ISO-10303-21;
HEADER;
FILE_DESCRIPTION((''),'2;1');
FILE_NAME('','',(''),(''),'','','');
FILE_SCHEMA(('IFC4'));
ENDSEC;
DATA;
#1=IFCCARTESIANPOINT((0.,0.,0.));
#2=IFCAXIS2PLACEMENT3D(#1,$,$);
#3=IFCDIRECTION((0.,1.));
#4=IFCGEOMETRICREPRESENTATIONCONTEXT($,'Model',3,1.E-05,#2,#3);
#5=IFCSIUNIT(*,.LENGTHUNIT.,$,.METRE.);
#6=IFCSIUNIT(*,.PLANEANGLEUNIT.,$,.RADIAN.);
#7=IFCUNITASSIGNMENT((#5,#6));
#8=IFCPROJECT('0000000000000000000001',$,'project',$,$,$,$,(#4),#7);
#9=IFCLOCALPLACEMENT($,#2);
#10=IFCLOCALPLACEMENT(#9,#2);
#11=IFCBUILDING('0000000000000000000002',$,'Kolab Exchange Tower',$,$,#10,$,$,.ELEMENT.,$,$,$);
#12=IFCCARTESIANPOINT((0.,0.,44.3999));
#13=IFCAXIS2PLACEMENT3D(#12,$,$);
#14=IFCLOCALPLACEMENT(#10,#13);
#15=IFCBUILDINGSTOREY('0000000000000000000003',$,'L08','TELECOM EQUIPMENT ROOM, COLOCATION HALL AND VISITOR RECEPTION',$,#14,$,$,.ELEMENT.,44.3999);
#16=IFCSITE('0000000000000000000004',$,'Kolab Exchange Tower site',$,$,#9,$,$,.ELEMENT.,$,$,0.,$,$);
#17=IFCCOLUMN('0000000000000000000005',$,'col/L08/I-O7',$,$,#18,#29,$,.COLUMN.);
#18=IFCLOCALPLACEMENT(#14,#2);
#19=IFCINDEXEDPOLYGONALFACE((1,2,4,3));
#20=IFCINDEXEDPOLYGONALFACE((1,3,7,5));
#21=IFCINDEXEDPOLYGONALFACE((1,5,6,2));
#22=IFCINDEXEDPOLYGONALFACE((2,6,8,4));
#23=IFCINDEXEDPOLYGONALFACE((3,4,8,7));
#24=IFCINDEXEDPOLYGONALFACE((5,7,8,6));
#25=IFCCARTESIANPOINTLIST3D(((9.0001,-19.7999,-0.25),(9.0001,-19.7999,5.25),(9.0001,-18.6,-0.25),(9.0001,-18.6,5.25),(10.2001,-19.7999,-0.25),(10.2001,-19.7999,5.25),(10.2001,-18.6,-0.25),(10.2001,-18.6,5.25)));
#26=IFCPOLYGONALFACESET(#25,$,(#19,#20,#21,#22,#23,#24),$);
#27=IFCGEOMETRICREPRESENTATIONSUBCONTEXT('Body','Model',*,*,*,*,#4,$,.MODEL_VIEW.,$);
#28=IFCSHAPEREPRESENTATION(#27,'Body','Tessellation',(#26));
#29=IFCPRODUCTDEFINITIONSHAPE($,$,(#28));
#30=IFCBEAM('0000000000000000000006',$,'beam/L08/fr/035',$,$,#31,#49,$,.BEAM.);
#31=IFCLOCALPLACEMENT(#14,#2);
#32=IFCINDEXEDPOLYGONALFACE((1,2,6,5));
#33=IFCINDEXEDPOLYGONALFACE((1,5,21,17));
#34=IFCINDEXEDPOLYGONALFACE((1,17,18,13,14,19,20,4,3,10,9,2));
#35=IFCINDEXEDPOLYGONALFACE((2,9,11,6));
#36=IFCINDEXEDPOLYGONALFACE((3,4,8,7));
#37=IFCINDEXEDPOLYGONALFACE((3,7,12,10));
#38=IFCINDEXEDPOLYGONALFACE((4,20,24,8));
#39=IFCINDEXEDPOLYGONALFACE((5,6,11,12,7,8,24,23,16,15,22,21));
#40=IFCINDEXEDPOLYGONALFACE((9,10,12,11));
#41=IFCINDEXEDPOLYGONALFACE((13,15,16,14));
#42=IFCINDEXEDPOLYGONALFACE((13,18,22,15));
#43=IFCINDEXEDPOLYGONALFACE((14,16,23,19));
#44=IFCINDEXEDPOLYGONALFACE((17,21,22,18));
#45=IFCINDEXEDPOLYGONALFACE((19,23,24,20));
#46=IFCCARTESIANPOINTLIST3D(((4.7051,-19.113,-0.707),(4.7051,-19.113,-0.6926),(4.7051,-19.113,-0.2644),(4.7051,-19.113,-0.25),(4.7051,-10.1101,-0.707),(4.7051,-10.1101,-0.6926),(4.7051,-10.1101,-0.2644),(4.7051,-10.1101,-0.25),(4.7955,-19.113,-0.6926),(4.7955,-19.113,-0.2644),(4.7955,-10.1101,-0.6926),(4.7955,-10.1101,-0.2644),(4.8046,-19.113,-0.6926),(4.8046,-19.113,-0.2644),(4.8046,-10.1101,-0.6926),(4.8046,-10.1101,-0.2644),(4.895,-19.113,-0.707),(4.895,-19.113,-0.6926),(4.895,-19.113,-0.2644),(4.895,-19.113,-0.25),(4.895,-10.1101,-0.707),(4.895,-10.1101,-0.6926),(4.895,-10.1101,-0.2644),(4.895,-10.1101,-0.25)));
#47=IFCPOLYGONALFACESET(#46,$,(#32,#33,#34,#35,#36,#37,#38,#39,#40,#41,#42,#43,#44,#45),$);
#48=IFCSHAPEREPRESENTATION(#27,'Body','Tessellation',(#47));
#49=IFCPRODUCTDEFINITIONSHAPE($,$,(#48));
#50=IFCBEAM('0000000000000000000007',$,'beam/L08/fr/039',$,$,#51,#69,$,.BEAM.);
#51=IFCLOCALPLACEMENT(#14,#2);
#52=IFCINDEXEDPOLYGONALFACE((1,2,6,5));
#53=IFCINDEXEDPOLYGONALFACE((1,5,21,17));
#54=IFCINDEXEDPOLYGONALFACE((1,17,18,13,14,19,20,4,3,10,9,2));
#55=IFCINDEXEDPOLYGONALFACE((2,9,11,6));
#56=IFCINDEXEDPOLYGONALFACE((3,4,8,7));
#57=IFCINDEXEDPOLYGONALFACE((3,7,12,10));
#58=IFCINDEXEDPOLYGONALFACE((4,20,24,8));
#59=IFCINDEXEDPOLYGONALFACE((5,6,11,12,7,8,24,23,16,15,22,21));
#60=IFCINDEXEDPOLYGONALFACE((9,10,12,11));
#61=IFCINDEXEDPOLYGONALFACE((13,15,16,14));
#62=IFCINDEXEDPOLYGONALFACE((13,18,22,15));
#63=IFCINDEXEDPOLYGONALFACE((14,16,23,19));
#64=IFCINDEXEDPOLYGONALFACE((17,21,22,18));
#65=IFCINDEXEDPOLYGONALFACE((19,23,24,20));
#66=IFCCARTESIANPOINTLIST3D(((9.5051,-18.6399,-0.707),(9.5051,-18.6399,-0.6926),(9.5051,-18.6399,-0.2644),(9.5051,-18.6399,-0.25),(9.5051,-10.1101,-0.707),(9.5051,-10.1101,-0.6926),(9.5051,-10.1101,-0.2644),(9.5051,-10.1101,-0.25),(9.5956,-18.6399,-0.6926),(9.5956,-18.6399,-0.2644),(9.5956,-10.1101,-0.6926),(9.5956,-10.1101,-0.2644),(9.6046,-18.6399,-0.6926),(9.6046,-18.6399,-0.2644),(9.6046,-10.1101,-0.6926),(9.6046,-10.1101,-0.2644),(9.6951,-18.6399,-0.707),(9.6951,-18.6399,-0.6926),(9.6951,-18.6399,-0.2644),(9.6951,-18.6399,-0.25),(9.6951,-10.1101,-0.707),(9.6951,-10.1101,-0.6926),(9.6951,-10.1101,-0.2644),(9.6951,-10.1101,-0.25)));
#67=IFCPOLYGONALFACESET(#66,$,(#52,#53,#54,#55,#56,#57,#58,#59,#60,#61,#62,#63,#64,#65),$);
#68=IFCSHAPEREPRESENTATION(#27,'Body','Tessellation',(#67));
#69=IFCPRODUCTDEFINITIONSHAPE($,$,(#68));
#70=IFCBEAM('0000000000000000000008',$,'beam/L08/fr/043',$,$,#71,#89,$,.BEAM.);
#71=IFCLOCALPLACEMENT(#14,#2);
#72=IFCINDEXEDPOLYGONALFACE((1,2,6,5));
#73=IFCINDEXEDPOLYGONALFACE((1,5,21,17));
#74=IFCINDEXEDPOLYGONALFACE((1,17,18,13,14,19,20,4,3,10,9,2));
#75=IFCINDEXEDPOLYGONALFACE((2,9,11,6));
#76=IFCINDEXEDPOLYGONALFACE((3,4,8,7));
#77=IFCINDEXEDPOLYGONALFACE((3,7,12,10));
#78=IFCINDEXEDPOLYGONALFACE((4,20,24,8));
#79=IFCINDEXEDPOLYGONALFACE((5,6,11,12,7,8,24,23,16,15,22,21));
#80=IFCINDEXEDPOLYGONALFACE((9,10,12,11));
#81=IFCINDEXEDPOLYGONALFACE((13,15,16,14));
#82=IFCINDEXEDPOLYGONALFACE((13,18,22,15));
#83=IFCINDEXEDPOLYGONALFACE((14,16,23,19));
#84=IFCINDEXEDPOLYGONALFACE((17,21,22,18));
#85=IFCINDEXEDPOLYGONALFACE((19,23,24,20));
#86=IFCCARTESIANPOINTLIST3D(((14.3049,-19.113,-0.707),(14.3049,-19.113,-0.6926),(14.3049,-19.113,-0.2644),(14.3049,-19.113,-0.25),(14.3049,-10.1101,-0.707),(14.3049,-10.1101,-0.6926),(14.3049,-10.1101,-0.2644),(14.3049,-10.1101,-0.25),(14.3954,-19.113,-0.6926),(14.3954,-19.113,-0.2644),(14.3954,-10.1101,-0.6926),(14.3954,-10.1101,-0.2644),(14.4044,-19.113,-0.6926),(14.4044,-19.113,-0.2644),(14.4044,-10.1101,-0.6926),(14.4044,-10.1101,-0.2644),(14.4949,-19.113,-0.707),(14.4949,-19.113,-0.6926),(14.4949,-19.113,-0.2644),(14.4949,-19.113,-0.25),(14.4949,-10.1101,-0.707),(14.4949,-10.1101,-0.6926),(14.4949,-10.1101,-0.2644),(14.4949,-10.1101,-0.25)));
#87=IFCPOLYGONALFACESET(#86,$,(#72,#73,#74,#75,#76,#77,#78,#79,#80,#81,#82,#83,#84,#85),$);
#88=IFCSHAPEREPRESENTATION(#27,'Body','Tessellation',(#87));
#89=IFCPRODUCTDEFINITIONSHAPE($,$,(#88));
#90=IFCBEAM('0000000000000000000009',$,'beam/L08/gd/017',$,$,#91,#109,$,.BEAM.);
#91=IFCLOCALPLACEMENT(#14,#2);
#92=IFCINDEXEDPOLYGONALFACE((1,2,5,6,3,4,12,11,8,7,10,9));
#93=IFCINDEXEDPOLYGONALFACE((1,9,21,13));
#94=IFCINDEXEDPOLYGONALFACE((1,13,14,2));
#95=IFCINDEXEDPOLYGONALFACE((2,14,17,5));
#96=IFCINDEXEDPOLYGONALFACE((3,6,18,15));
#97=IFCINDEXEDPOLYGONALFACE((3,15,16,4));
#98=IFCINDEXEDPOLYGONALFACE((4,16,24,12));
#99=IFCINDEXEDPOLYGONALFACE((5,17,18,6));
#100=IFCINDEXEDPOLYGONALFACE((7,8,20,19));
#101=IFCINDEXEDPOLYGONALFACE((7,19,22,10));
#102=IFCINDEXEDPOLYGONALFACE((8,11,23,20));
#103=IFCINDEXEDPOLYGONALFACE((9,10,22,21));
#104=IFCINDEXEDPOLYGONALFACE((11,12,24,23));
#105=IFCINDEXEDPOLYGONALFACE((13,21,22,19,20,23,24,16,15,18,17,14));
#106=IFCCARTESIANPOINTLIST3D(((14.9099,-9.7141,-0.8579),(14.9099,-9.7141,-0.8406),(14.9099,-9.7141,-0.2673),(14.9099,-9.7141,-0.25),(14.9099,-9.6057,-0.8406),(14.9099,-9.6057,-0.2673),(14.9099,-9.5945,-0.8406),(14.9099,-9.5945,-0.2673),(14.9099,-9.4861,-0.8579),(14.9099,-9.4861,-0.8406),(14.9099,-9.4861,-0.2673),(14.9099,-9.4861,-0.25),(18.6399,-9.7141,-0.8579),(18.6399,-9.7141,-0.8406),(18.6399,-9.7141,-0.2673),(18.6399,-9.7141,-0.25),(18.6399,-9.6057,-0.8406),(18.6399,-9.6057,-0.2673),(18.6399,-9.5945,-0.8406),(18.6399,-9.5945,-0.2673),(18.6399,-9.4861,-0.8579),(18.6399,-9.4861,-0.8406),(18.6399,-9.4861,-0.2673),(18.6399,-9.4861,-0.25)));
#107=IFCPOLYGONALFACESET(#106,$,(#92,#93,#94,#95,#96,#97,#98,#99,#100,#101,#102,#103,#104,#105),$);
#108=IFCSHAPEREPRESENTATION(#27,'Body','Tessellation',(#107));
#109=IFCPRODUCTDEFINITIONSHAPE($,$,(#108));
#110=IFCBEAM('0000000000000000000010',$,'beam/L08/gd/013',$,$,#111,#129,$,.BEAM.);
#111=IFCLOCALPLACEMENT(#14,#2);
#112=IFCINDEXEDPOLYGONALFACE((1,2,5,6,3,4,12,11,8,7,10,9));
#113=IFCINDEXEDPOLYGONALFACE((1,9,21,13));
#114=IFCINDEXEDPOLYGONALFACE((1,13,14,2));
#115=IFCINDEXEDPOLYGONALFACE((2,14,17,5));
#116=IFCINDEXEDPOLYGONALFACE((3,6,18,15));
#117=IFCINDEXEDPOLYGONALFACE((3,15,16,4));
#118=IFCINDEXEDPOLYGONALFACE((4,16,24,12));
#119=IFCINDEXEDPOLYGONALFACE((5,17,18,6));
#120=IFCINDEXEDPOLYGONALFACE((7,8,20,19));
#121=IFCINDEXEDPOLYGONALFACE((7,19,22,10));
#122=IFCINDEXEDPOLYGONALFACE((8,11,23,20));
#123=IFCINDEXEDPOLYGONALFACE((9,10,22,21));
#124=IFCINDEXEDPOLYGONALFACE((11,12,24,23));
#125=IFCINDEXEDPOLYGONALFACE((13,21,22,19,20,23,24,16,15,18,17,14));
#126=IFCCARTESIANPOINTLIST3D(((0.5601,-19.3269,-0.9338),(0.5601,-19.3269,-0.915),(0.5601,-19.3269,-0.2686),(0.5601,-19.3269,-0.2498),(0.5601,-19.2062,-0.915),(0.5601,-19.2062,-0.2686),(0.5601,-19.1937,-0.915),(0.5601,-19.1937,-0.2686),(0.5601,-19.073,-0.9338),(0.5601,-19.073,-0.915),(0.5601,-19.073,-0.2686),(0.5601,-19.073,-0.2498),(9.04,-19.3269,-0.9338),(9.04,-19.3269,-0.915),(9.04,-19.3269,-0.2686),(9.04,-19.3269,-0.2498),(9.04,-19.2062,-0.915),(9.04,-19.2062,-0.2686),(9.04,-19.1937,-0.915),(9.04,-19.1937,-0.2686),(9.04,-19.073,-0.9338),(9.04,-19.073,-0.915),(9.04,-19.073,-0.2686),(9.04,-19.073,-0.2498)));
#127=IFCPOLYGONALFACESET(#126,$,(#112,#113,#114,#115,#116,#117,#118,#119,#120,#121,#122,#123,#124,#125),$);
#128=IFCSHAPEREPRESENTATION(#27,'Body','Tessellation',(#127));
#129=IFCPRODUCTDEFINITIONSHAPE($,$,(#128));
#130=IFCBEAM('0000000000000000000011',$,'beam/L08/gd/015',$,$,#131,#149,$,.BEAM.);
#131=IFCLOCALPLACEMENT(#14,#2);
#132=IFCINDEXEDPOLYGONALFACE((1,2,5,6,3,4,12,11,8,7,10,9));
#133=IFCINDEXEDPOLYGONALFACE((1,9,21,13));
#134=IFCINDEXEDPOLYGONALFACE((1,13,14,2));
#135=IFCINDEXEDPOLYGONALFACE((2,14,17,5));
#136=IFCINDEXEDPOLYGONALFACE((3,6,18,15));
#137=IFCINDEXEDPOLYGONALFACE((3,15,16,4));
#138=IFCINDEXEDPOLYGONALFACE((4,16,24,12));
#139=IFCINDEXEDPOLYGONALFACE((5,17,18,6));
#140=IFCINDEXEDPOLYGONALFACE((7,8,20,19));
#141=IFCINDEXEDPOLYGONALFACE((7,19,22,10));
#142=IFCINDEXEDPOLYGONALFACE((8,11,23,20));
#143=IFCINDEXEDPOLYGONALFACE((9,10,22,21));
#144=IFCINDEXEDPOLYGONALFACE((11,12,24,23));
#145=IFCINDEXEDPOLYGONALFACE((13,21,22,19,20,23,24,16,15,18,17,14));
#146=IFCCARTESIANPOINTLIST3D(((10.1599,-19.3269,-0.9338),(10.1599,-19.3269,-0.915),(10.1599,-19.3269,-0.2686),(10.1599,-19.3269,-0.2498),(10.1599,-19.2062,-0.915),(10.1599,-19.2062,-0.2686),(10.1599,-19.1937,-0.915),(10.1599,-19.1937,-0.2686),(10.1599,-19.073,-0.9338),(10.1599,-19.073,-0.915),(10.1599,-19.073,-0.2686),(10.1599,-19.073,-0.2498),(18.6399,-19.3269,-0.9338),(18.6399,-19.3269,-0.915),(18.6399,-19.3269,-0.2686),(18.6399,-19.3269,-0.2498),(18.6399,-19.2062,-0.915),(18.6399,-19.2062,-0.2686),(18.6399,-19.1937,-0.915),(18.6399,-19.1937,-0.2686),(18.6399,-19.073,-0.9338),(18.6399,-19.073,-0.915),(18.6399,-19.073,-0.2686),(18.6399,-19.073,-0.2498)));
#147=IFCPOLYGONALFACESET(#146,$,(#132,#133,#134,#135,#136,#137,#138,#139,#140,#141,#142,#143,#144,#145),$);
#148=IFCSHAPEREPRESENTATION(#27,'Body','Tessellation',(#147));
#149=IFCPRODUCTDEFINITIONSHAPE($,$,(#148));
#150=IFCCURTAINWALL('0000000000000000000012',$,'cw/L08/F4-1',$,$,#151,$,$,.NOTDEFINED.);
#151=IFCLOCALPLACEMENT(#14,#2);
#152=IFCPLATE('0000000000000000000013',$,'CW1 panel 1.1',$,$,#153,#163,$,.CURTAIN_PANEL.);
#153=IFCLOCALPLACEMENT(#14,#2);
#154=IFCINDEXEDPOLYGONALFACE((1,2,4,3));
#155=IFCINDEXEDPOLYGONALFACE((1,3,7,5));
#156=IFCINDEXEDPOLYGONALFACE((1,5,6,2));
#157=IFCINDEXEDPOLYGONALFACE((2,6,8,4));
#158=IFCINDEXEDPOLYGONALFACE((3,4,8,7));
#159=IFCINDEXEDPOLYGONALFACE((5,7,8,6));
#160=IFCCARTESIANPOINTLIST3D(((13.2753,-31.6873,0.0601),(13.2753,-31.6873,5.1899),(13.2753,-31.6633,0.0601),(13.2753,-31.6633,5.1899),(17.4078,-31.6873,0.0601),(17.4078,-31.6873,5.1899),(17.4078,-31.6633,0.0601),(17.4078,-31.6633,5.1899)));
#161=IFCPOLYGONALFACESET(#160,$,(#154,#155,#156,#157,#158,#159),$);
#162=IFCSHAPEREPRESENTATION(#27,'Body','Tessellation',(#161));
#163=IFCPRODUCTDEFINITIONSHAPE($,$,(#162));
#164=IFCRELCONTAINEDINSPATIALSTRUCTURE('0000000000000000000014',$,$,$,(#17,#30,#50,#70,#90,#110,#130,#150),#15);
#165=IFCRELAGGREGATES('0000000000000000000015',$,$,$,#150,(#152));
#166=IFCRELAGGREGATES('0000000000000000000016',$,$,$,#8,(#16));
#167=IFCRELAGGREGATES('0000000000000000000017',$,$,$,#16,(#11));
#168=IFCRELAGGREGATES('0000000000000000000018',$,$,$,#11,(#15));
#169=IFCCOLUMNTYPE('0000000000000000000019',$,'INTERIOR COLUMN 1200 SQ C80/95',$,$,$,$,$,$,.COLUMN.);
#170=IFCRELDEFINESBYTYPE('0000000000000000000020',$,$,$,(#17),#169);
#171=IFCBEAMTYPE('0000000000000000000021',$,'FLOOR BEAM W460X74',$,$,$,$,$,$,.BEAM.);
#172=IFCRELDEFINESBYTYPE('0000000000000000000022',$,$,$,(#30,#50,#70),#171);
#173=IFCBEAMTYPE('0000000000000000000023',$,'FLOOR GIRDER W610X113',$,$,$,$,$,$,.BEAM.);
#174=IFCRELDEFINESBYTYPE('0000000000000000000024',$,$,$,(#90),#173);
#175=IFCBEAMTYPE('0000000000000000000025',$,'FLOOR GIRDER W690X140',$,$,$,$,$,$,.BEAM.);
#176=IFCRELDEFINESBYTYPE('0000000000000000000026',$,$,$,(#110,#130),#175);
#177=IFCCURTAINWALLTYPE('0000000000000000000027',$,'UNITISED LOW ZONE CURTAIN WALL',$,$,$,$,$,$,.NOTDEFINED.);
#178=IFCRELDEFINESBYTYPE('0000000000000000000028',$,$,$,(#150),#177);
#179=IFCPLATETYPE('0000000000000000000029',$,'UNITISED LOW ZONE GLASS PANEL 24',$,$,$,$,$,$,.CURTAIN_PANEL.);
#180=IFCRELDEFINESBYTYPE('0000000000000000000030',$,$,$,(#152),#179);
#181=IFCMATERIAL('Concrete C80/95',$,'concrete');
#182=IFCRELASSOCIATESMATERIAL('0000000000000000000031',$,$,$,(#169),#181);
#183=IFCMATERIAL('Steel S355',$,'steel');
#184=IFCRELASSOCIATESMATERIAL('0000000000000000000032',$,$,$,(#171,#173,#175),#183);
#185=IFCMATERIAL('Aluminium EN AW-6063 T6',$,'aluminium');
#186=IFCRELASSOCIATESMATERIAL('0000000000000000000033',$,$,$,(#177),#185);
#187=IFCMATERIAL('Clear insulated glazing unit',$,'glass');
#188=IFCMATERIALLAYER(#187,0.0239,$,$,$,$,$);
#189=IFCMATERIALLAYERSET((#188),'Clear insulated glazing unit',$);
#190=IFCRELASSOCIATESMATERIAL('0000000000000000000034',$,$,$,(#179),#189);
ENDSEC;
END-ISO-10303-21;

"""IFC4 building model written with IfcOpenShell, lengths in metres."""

from ifc_helpers import new_model, si_unit, direction, frame, origin, origin_2d, place, context, subcontext, project, spatial, rectangle, i_section, extrude, material, layer, layer_set, material_profile, profile_set, type_object, element, aggregate, save


model = new_model("IFC4")

# Units and contexts
model_context = context("Model", 3, precision=1e-05, world=origin(), true_north=direction((0.0, 1.0)))
body_context = subcontext(model_context, "Body", "Model", "MODEL_VIEW")
ifc_project = project(units=[si_unit("LENGTHUNIT", "METRE"), si_unit("PLANEANGLEUNIT", "RADIAN")], contexts=[model_context])

# Site, building, storey
site_placement = place(None, origin())
site = spatial("IfcSite", under=ifc_project, at=site_placement, Name="Kolab Exchange Tower site", CompositionType="ELEMENT", RefElevation=0.0)
building_placement = place(site_placement, origin())
building = spatial("IfcBuilding", under=site, at=building_placement, Name="Kolab Exchange Tower", CompositionType="ELEMENT")
storey_placement = place(building_placement, frame((0.0, 0.0, 44.3999)))
storey = spatial("IfcBuildingStorey", under=building, at=storey_placement, Name="L08", Description="TELECOM EQUIPMENT ROOM, COLOCATION HALL AND VISITOR RECEPTION", CompositionType="ELEMENT", Elevation=44.3999)

# Column
ifc_material_1 = material(Name="Concrete C80/95", Category="concrete")
ifc_material_profile_1 = material_profile(ifc_material_1, rectangle(XDim=1.2, YDim=1.2, at=origin_2d()), Name="RC1200")
ifc_profile_set_1 = profile_set([ifc_material_profile_1], Name="Concrete C80/95")
column_type = type_object("IfcColumnType", Name="INTERIOR COLUMN 1200 SQ C80/95", PredefinedType="COLUMN", material=ifc_profile_set_1)
column_placement = place(storey_placement, frame((9.6001, -19.2, -0.25), z_axis=(0.0, 0.0, 1.0), x_axis=(1.0, 0.0, 0.0)))
element("IfcColumn", 1, at=column_placement, inside=storey, type_object=column_type, Name="col/L08/I-O7", PredefinedType="COLUMN", context=body_context, shape_type="SweptSolid", body=[
    extrude(rectangle(XDim=1.2, YDim=1.2, at=origin_2d()), origin(), (0.0, 0.0, 1.0), 5.5),
])

# Beams
ifc_material_2 = material(Name="Steel S355", Category="steel")
ifc_material_profile_2 = material_profile(ifc_material_2, i_section(OverallWidth=0.1899, OverallDepth=0.457, WebThickness=0.009, FlangeThickness=0.0144, at=origin_2d()), Name="W460X74")
ifc_profile_set_2 = profile_set([ifc_material_profile_2], Name="Steel S355")
beam_type_1 = type_object("IfcBeamType", Name="FLOOR BEAM W460X74", PredefinedType="BEAM", material=ifc_profile_set_2)
beam_1_placement = place(storey_placement, frame((4.8, -19.113, -0.4785), z_axis=(0.0, 1.0, 0.0), x_axis=(-1.0, 0.0, 0.0)))
element("IfcBeam", 2, at=beam_1_placement, inside=storey, type_object=beam_type_1, Name="beam/L08/fr/035", PredefinedType="BEAM", context=body_context, shape_type="SweptSolid", body=[
    extrude(i_section(OverallWidth=0.1899, OverallDepth=0.457, WebThickness=0.009, FlangeThickness=0.0144, at=origin_2d()), origin(), (0.0, 0.0, 1.0), 9.0029),
])
beam_2_placement = place(storey_placement, frame((9.6001, -18.6399, -0.4785), z_axis=(0.0, 1.0, 0.0), x_axis=(-1.0, 0.0, 0.0)))
element("IfcBeam", 3, at=beam_2_placement, inside=storey, type_object=beam_type_1, Name="beam/L08/fr/039", PredefinedType="BEAM", context=body_context, shape_type="SweptSolid", body=[
    extrude(i_section(OverallWidth=0.1899, OverallDepth=0.457, WebThickness=0.009, FlangeThickness=0.0144, at=origin_2d()), origin(), (0.0, 0.0, 1.0), 8.5298),
])
beam_3_placement = place(storey_placement, frame((14.3999, -19.113, -0.4785), z_axis=(0.0, 1.0, 0.0), x_axis=(-1.0, 0.0, 0.0)))
element("IfcBeam", 4, at=beam_3_placement, inside=storey, type_object=beam_type_1, Name="beam/L08/fr/043", PredefinedType="BEAM", context=body_context, shape_type="SweptSolid", body=[
    extrude(i_section(OverallWidth=0.1899, OverallDepth=0.457, WebThickness=0.009, FlangeThickness=0.0144, at=origin_2d()), origin(), (0.0, 0.0, 1.0), 9.0029),
])
ifc_material_profile_3 = material_profile(ifc_material_2, i_section(OverallWidth=0.228, OverallDepth=0.6079, WebThickness=0.0112, FlangeThickness=0.0173, at=origin_2d()), Name="W610X113")
ifc_profile_set_3 = profile_set([ifc_material_profile_3], Name="Steel S355")
beam_type_2 = type_object("IfcBeamType", Name="FLOOR GIRDER W610X113", PredefinedType="BEAM", material=ifc_profile_set_3)
beam_4_placement = place(storey_placement, frame((14.9099, -9.6001, -0.554), z_axis=(1.0, 0.0, 0.0), x_axis=(0.0, 1.0, 0.0)))
element("IfcBeam", 5, at=beam_4_placement, inside=storey, type_object=beam_type_2, Name="beam/L08/gd/017", PredefinedType="BEAM", context=body_context, shape_type="SweptSolid", body=[
    extrude(i_section(OverallWidth=0.228, OverallDepth=0.6079, WebThickness=0.0112, FlangeThickness=0.0173, at=origin_2d()), origin(), (0.0, 0.0, 1.0), 3.73),
])
ifc_material_profile_4 = material_profile(ifc_material_2, i_section(OverallWidth=0.2539, OverallDepth=0.6841, WebThickness=0.0125, FlangeThickness=0.0188, at=origin_2d()), Name="W690X140")
ifc_profile_set_4 = profile_set([ifc_material_profile_4], Name="Steel S355")
beam_type_3 = type_object("IfcBeamType", Name="FLOOR GIRDER W690X140", PredefinedType="BEAM", material=ifc_profile_set_4)
for number, where, z_axis, x_axis, name in (
    (6, (0.5601, -19.2, -0.5918), (1.0, 0.0, 0.0), (0.0, 1.0, 0.0), "beam/L08/gd/013"),
    (7, (10.1599, -19.2, -0.5918), (1.0, 0.0, 0.0), (0.0, 1.0, 0.0), "beam/L08/gd/015"),
):
    element("IfcBeam", number, at=place(storey_placement, frame(where, z_axis=z_axis, x_axis=x_axis)), inside=storey, type_object=beam_type_3, Name=name, PredefinedType="BEAM", context=body_context, shape_type="SweptSolid", body=[
        extrude(i_section(OverallWidth=0.2539, OverallDepth=0.6841, WebThickness=0.0125, FlangeThickness=0.0188, at=origin_2d()), origin(), (0.0, 0.0, 1.0), 8.48),
    ])

# Curtain wall, plate
ifc_material_3 = material(Name="Aluminium EN AW-6063 T6", Category="aluminium")
curtain_wall_type = type_object("IfcCurtainWallType", Name="UNITISED LOW ZONE CURTAIN WALL", PredefinedType="NOTDEFINED", material=ifc_material_3)
curtain_wall_placement = place(storey_placement, origin())
curtain_wall = element("IfcCurtainWall", 8, at=curtain_wall_placement, inside=storey, type_object=curtain_wall_type, Name="cw/L08/F4-1", PredefinedType="NOTDEFINED")
ifc_material_4 = material(Name="Clear insulated glazing unit", Category="glass")
ifc_layer_1 = layer(ifc_material_4, 0.0239)
ifc_layer_set_1 = layer_set([ifc_layer_1], Name="Clear insulated glazing unit")
plate_type = type_object("IfcPlateType", Name="UNITISED LOW ZONE GLASS PANEL 24", PredefinedType="CURTAIN_PANEL", material=ifc_layer_set_1)
plate_placement = place(storey_placement, frame((15.3416, -31.6753, 0.0601), z_axis=(0.0, 0.0, 1.0), x_axis=(-1.0, 0.0, 0.0)))
plate = element("IfcPlate", 9, at=plate_placement, type_object=plate_type, Name="CW1 panel 1.1", PredefinedType="CURTAIN_PANEL", context=body_context, shape_type="SweptSolid", body=[
    extrude(rectangle(XDim=4.1326, YDim=0.0239, at=origin_2d()), origin(), (0.0, 0.0, 1.0), 5.1299),
])
aggregate(curtain_wall, [plate])

save(model, "model.ifc")
